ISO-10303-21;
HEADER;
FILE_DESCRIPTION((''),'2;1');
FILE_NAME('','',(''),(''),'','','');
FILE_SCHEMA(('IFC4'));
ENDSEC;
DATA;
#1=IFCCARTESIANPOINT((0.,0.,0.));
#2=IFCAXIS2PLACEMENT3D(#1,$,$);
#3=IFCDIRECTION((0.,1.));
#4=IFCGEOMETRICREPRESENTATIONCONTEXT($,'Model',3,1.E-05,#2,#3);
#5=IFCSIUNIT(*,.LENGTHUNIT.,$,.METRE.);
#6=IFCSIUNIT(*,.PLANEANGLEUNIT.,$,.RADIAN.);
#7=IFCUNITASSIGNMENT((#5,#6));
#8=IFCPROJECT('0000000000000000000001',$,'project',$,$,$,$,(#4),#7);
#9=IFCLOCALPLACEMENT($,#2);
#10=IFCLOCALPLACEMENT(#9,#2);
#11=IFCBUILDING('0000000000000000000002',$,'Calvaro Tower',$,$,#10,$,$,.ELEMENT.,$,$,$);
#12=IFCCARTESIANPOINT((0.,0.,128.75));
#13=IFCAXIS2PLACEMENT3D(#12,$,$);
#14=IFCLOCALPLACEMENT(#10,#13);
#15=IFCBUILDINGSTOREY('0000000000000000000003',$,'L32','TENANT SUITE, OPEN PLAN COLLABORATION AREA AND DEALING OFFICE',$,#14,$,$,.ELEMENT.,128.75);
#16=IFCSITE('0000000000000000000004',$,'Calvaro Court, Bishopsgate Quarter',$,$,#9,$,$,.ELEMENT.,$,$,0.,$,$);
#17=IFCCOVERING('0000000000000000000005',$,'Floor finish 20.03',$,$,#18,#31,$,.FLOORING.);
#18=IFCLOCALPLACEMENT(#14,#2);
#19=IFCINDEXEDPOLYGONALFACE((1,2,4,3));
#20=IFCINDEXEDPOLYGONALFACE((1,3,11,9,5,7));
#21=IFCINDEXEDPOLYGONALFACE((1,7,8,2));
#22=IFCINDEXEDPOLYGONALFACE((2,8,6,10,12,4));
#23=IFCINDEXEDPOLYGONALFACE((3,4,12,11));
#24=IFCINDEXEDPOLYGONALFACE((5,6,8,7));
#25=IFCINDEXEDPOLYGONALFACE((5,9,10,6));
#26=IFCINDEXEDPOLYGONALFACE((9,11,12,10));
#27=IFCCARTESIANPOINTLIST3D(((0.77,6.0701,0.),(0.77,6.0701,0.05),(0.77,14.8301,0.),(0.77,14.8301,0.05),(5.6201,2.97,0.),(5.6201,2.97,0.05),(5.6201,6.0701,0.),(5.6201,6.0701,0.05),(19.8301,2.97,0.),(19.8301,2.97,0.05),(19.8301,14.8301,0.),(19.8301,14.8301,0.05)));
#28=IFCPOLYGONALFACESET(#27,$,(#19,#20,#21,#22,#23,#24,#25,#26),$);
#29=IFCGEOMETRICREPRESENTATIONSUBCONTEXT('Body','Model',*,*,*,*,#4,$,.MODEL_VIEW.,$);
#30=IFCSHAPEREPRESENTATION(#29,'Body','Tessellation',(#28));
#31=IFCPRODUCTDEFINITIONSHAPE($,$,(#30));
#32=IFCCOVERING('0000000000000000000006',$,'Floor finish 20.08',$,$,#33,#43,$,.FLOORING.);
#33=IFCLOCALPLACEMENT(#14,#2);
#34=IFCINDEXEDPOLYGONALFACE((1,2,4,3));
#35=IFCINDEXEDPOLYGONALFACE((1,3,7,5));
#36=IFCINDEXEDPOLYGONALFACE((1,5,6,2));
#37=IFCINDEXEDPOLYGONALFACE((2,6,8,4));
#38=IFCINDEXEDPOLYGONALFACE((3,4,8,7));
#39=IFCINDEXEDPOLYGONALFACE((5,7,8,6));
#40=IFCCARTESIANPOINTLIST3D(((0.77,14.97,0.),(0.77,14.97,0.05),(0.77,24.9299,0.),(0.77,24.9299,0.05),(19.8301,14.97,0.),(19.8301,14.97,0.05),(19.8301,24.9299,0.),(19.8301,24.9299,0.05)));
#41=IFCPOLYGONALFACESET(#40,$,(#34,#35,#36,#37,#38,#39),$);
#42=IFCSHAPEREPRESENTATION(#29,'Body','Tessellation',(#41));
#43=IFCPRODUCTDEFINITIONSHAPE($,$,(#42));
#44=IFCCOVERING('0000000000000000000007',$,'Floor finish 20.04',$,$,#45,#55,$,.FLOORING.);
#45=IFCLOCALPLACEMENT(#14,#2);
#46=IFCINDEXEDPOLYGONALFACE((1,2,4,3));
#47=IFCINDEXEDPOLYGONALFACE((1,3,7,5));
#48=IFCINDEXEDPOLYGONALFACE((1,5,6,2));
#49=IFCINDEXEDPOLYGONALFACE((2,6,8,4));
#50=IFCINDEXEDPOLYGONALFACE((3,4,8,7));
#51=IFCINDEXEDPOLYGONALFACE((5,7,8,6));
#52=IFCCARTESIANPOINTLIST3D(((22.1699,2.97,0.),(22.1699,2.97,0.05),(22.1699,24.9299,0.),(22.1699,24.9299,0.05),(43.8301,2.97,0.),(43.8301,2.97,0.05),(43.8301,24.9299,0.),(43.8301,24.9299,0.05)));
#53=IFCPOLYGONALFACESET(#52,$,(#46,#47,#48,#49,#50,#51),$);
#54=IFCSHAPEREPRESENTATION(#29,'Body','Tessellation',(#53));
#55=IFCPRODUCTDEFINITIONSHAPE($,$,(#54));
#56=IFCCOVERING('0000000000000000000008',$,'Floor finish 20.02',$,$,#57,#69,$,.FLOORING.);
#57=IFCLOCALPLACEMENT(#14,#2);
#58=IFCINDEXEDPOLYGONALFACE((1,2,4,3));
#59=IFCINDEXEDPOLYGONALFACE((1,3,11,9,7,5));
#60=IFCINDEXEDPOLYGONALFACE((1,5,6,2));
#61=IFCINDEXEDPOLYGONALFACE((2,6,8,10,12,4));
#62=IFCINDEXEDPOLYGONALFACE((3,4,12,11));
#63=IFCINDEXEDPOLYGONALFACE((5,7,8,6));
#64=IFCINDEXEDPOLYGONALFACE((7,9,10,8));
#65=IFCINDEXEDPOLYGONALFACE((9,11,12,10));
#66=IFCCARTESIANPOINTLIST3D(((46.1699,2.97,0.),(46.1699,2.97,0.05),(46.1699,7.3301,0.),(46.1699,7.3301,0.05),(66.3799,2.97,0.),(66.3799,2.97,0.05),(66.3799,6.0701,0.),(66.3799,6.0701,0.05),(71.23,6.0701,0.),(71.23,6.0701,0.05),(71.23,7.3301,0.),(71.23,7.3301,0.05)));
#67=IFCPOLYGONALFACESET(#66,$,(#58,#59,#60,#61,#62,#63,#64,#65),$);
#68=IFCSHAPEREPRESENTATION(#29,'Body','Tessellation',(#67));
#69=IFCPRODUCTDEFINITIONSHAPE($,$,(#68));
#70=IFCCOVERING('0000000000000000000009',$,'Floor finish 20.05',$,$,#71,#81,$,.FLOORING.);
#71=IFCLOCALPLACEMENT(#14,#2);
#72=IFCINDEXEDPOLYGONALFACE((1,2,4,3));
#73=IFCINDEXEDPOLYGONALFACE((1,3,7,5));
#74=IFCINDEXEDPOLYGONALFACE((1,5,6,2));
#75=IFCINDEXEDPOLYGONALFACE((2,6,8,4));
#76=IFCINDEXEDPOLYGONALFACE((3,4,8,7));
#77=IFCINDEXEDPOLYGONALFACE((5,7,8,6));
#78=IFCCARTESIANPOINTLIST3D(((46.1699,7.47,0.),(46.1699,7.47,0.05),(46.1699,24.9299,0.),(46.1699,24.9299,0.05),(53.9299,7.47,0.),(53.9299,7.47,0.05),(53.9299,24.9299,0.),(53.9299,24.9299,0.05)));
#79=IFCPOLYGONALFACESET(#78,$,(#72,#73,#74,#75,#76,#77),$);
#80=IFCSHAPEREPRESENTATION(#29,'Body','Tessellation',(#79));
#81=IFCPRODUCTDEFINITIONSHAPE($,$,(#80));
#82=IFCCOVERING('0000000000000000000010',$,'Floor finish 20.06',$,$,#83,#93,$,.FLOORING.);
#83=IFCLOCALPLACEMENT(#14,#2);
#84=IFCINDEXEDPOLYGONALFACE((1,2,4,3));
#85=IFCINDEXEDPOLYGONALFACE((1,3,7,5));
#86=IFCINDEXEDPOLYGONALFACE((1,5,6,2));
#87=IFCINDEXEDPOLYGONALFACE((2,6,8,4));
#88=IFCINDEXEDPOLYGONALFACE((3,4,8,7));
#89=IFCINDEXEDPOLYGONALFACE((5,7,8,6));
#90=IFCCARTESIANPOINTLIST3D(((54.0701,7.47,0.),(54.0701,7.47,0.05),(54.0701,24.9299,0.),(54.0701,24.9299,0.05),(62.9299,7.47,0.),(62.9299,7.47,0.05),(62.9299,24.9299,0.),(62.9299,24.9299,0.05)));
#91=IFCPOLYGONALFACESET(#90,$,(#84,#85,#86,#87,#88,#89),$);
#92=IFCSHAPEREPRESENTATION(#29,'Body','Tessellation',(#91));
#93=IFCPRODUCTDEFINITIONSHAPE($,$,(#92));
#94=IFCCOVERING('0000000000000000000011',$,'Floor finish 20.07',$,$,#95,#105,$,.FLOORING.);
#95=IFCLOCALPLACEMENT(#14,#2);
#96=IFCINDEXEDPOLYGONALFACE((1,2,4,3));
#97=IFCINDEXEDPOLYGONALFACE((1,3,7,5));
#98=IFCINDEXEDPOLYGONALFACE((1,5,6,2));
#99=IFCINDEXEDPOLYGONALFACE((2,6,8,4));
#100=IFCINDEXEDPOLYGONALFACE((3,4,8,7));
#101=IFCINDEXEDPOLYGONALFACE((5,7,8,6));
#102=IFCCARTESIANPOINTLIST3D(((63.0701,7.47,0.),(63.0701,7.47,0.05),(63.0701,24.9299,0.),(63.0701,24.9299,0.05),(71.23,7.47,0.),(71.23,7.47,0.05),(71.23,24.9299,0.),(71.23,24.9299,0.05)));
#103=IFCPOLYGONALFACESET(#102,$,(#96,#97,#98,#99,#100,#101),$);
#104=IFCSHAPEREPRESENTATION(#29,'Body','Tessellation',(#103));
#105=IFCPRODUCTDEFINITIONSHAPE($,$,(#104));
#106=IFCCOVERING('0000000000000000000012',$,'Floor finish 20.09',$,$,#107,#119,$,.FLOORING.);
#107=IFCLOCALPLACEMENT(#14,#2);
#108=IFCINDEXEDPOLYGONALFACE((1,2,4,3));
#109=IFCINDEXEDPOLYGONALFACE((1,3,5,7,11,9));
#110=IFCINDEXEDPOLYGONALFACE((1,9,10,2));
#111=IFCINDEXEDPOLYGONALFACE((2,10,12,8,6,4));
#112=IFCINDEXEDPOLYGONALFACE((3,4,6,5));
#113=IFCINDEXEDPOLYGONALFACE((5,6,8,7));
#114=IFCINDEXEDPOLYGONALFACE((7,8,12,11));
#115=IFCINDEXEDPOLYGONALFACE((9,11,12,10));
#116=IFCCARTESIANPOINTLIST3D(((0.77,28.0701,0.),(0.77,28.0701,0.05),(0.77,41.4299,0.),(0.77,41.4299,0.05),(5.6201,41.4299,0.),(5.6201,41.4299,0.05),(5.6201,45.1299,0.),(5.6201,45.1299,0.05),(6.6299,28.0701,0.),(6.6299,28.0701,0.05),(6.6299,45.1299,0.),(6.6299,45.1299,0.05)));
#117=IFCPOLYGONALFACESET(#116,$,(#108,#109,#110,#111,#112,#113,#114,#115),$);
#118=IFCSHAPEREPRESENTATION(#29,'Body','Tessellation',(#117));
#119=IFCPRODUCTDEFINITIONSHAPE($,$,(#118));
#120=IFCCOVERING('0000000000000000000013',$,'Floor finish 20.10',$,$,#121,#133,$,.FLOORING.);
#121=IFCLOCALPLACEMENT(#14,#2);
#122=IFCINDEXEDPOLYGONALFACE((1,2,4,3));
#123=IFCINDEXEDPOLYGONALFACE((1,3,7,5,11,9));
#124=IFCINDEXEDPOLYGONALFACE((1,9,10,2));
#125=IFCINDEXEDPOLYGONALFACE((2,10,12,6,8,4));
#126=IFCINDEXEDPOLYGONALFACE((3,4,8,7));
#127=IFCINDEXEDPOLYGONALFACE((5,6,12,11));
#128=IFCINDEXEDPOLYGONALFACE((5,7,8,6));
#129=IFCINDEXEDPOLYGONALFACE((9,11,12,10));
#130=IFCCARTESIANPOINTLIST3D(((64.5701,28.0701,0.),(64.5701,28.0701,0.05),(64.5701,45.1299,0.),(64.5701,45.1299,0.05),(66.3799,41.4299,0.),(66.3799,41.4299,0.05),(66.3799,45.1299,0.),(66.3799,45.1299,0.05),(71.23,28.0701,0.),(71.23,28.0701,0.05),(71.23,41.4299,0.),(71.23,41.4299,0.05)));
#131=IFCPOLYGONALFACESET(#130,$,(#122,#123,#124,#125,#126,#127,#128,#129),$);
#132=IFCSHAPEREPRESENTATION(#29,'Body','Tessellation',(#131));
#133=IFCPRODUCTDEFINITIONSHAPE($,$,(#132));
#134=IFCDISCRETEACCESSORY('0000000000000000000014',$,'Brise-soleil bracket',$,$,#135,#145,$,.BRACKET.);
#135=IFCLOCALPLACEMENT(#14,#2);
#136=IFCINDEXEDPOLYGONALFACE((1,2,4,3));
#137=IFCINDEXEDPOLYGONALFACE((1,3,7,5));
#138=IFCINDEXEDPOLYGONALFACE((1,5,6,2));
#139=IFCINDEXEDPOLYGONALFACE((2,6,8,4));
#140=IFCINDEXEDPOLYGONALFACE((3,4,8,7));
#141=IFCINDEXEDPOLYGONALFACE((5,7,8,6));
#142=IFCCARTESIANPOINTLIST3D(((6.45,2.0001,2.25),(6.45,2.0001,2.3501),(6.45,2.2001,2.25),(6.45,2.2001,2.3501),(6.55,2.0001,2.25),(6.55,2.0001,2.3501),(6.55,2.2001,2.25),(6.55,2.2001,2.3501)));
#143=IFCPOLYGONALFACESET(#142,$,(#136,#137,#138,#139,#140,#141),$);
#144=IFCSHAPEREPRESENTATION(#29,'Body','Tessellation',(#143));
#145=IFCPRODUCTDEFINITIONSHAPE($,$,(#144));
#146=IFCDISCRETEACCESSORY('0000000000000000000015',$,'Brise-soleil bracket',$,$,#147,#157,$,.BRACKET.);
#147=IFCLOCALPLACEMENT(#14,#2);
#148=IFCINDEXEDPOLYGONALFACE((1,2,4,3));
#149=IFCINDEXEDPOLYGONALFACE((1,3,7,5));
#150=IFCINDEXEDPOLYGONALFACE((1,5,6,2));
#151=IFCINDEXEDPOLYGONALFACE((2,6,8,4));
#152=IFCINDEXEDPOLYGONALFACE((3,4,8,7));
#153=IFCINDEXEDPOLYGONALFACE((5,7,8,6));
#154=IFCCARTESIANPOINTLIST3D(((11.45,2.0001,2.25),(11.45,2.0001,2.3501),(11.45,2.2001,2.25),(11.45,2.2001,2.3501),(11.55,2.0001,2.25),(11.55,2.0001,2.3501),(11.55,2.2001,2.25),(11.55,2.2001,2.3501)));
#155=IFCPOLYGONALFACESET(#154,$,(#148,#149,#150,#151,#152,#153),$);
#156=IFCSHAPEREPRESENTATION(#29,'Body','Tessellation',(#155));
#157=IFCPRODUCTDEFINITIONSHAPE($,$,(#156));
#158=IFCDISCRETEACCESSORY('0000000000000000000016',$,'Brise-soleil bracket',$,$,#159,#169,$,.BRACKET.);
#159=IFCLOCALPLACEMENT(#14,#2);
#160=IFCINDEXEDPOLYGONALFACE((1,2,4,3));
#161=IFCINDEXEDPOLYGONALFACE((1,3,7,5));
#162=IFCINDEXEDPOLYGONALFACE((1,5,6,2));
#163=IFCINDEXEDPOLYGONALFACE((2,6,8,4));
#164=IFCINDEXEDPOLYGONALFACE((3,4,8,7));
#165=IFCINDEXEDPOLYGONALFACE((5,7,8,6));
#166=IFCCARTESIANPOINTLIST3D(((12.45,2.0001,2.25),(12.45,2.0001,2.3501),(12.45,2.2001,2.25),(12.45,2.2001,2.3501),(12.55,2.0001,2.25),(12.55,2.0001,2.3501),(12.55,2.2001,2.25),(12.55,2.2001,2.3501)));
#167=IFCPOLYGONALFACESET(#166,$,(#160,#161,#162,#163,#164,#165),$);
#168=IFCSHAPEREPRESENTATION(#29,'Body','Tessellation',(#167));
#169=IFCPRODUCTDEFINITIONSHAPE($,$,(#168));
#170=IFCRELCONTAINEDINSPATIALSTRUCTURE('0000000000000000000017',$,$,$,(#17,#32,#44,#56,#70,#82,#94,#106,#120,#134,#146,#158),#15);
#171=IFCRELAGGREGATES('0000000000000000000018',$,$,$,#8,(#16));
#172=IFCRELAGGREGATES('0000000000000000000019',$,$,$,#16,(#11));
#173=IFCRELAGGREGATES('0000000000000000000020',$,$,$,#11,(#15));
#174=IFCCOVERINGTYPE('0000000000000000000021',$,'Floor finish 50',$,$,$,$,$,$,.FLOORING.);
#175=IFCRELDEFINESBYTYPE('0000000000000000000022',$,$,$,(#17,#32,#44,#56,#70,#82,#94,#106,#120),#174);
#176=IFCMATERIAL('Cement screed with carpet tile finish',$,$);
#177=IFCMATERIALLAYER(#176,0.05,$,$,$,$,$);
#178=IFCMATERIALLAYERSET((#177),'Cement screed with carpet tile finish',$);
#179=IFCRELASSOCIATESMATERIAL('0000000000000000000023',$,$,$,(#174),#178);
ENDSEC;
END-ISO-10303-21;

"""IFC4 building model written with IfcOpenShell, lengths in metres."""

from ifc_helpers import new_model, si_unit, direction, frame, origin, origin_2d, place, context, subcontext, project, spatial, polyline, rectangle, outline, extrude, material, layer, layer_set, type_object, element, save


model = new_model("IFC4")

# Units and contexts
model_context = context("Model", 3, precision=1e-05, world=origin(), true_north=direction((0.0, 1.0)))
body_context = subcontext(model_context, "Body", "Model", "MODEL_VIEW")
ifc_project = project(units=[si_unit("LENGTHUNIT", "METRE"), si_unit("PLANEANGLEUNIT", "RADIAN")], contexts=[model_context])

# Site, building, storey
site_placement = place(None, origin())
site = spatial("IfcSite", under=ifc_project, at=site_placement, Name="Calvaro Court, Bishopsgate Quarter", CompositionType="ELEMENT", RefElevation=0.0)
building_placement = place(site_placement, origin())
building = spatial("IfcBuilding", under=site, at=building_placement, Name="Calvaro Tower", CompositionType="ELEMENT")
storey_placement = place(building_placement, frame((0.0, 0.0, 128.75)))
storey = spatial("IfcBuildingStorey", under=building, at=storey_placement, Name="L32", Description="TENANT SUITE, OPEN PLAN COLLABORATION AREA AND DEALING OFFICE", CompositionType="ELEMENT", Elevation=128.75)

# Coverings
ifc_material_1 = material(Name="Cement screed with carpet tile finish")
ifc_layer_1 = layer(ifc_material_1, 0.05)
ifc_layer_set_1 = layer_set([ifc_layer_1], Name="Cement screed with carpet tile finish")
covering_type = type_object("IfcCoveringType", Name="Floor finish 50", PredefinedType="FLOORING", material=ifc_layer_set_1)
covering_1_placement = place(storey_placement, origin())
element("IfcCovering", 1, at=covering_1_placement, inside=storey, type_object=covering_type, Name="Floor finish 20.03", PredefinedType="FLOORING", context=body_context, shape_type="SweptSolid", body=[
    extrude(outline(polyline([(19.8301, 14.8301), (19.8301, 2.97), (5.6201, 2.97), (5.6201, 6.0701), (0.77, 6.0701), (0.77, 14.8301), (19.8301, 14.8301)])), origin(), (0.0, 0.0, 1.0), 0.05),
])
covering_2_placement = place(storey_placement, origin())
element("IfcCovering", 2, at=covering_2_placement, inside=storey, type_object=covering_type, Name="Floor finish 20.08", PredefinedType="FLOORING", context=body_context, shape_type="SweptSolid", body=[
    extrude(outline(polyline([(19.8301, 24.9299), (19.8301, 14.97), (0.77, 14.97), (0.77, 24.9299), (19.8301, 24.9299)])), origin(), (0.0, 0.0, 1.0), 0.05),
])
covering_3_placement = place(storey_placement, origin())
element("IfcCovering", 3, at=covering_3_placement, inside=storey, type_object=covering_type, Name="Floor finish 20.04", PredefinedType="FLOORING", context=body_context, shape_type="SweptSolid", body=[
    extrude(outline(polyline([(22.1699, 24.9299), (43.8301, 24.9299), (43.8301, 2.97), (22.1699, 2.97), (22.1699, 24.9299)])), origin(), (0.0, 0.0, 1.0), 0.05),
])
covering_4_placement = place(storey_placement, origin())
element("IfcCovering", 4, at=covering_4_placement, inside=storey, type_object=covering_type, Name="Floor finish 20.02", PredefinedType="FLOORING", context=body_context, shape_type="SweptSolid", body=[
    extrude(outline(polyline([(71.23, 6.0701), (66.3799, 6.0701), (66.3799, 2.97), (46.1699, 2.97), (46.1699, 7.3301), (71.23, 7.3301), (71.23, 6.0701)])), origin(), (0.0, 0.0, 1.0), 0.05),
])
covering_5_placement = place(storey_placement, origin())
element("IfcCovering", 5, at=covering_5_placement, inside=storey, type_object=covering_type, Name="Floor finish 20.05", PredefinedType="FLOORING", context=body_context, shape_type="SweptSolid", body=[
    extrude(outline(polyline([(46.1699, 7.47), (46.1699, 24.9299), (53.9299, 24.9299), (53.9299, 7.47), (46.1699, 7.47)])), origin(), (0.0, 0.0, 1.0), 0.05),
])
covering_6_placement = place(storey_placement, origin())
element("IfcCovering", 6, at=covering_6_placement, inside=storey, type_object=covering_type, Name="Floor finish 20.06", PredefinedType="FLOORING", context=body_context, shape_type="SweptSolid", body=[
    extrude(outline(polyline([(54.0701, 7.47), (54.0701, 24.9299), (62.9299, 24.9299), (62.9299, 7.47), (54.0701, 7.47)])), origin(), (0.0, 0.0, 1.0), 0.05),
])
covering_7_placement = place(storey_placement, origin())
element("IfcCovering", 7, at=covering_7_placement, inside=storey, type_object=covering_type, Name="Floor finish 20.07", PredefinedType="FLOORING", context=body_context, shape_type="SweptSolid", body=[
    extrude(outline(polyline([(71.23, 7.47), (63.0701, 7.47), (63.0701, 24.9299), (71.23, 24.9299), (71.23, 7.47)])), origin(), (0.0, 0.0, 1.0), 0.05),
])
covering_8_placement = place(storey_placement, origin())
element("IfcCovering", 8, at=covering_8_placement, inside=storey, type_object=covering_type, Name="Floor finish 20.09", PredefinedType="FLOORING", context=body_context, shape_type="SweptSolid", body=[
    extrude(outline(polyline([(6.6299, 28.0701), (0.77, 28.0701), (0.77, 41.4299), (5.6201, 41.4299), (5.6201, 45.1299), (6.6299, 45.1299), (6.6299, 28.0701)])), origin(), (0.0, 0.0, 1.0), 0.05),
])
covering_9_placement = place(storey_placement, origin())
element("IfcCovering", 9, at=covering_9_placement, inside=storey, type_object=covering_type, Name="Floor finish 20.10", PredefinedType="FLOORING", context=body_context, shape_type="SweptSolid", body=[
    extrude(outline(polyline([(71.23, 28.0701), (64.5701, 28.0701), (64.5701, 45.1299), (66.3799, 45.1299), (66.3799, 41.4299), (71.23, 41.4299), (71.23, 28.0701)])), origin(), (0.0, 0.0, 1.0), 0.05),
])

# Discrete accessories
for number, where, z_axis, x_axis, name in (
    (10, (6.5, 2.1001, 2.25), (0.0, 0.0, 1.0), (1.0, 0.0, 0.0), "Brise-soleil bracket"),
    (11, (11.5, 2.1001, 2.25), (0.0, 0.0, 1.0), (1.0, 0.0, 0.0), "Brise-soleil bracket"),
    (12, (12.5, 2.1001, 2.25), (0.0, 0.0, 1.0), (1.0, 0.0, 0.0), "Brise-soleil bracket"),
):
    element("IfcDiscreteAccessory", number, at=place(storey_placement, frame(where, z_axis=z_axis, x_axis=x_axis)), inside=storey, Name=name, PredefinedType="BRACKET", context=body_context, shape_type="SweptSolid", body=[
        extrude(rectangle(XDim=0.1001, YDim=0.2, at=origin_2d()), origin(), (0.0, 0.0, 1.0), 0.1001),
    ])

save(model, "model.ifc")
